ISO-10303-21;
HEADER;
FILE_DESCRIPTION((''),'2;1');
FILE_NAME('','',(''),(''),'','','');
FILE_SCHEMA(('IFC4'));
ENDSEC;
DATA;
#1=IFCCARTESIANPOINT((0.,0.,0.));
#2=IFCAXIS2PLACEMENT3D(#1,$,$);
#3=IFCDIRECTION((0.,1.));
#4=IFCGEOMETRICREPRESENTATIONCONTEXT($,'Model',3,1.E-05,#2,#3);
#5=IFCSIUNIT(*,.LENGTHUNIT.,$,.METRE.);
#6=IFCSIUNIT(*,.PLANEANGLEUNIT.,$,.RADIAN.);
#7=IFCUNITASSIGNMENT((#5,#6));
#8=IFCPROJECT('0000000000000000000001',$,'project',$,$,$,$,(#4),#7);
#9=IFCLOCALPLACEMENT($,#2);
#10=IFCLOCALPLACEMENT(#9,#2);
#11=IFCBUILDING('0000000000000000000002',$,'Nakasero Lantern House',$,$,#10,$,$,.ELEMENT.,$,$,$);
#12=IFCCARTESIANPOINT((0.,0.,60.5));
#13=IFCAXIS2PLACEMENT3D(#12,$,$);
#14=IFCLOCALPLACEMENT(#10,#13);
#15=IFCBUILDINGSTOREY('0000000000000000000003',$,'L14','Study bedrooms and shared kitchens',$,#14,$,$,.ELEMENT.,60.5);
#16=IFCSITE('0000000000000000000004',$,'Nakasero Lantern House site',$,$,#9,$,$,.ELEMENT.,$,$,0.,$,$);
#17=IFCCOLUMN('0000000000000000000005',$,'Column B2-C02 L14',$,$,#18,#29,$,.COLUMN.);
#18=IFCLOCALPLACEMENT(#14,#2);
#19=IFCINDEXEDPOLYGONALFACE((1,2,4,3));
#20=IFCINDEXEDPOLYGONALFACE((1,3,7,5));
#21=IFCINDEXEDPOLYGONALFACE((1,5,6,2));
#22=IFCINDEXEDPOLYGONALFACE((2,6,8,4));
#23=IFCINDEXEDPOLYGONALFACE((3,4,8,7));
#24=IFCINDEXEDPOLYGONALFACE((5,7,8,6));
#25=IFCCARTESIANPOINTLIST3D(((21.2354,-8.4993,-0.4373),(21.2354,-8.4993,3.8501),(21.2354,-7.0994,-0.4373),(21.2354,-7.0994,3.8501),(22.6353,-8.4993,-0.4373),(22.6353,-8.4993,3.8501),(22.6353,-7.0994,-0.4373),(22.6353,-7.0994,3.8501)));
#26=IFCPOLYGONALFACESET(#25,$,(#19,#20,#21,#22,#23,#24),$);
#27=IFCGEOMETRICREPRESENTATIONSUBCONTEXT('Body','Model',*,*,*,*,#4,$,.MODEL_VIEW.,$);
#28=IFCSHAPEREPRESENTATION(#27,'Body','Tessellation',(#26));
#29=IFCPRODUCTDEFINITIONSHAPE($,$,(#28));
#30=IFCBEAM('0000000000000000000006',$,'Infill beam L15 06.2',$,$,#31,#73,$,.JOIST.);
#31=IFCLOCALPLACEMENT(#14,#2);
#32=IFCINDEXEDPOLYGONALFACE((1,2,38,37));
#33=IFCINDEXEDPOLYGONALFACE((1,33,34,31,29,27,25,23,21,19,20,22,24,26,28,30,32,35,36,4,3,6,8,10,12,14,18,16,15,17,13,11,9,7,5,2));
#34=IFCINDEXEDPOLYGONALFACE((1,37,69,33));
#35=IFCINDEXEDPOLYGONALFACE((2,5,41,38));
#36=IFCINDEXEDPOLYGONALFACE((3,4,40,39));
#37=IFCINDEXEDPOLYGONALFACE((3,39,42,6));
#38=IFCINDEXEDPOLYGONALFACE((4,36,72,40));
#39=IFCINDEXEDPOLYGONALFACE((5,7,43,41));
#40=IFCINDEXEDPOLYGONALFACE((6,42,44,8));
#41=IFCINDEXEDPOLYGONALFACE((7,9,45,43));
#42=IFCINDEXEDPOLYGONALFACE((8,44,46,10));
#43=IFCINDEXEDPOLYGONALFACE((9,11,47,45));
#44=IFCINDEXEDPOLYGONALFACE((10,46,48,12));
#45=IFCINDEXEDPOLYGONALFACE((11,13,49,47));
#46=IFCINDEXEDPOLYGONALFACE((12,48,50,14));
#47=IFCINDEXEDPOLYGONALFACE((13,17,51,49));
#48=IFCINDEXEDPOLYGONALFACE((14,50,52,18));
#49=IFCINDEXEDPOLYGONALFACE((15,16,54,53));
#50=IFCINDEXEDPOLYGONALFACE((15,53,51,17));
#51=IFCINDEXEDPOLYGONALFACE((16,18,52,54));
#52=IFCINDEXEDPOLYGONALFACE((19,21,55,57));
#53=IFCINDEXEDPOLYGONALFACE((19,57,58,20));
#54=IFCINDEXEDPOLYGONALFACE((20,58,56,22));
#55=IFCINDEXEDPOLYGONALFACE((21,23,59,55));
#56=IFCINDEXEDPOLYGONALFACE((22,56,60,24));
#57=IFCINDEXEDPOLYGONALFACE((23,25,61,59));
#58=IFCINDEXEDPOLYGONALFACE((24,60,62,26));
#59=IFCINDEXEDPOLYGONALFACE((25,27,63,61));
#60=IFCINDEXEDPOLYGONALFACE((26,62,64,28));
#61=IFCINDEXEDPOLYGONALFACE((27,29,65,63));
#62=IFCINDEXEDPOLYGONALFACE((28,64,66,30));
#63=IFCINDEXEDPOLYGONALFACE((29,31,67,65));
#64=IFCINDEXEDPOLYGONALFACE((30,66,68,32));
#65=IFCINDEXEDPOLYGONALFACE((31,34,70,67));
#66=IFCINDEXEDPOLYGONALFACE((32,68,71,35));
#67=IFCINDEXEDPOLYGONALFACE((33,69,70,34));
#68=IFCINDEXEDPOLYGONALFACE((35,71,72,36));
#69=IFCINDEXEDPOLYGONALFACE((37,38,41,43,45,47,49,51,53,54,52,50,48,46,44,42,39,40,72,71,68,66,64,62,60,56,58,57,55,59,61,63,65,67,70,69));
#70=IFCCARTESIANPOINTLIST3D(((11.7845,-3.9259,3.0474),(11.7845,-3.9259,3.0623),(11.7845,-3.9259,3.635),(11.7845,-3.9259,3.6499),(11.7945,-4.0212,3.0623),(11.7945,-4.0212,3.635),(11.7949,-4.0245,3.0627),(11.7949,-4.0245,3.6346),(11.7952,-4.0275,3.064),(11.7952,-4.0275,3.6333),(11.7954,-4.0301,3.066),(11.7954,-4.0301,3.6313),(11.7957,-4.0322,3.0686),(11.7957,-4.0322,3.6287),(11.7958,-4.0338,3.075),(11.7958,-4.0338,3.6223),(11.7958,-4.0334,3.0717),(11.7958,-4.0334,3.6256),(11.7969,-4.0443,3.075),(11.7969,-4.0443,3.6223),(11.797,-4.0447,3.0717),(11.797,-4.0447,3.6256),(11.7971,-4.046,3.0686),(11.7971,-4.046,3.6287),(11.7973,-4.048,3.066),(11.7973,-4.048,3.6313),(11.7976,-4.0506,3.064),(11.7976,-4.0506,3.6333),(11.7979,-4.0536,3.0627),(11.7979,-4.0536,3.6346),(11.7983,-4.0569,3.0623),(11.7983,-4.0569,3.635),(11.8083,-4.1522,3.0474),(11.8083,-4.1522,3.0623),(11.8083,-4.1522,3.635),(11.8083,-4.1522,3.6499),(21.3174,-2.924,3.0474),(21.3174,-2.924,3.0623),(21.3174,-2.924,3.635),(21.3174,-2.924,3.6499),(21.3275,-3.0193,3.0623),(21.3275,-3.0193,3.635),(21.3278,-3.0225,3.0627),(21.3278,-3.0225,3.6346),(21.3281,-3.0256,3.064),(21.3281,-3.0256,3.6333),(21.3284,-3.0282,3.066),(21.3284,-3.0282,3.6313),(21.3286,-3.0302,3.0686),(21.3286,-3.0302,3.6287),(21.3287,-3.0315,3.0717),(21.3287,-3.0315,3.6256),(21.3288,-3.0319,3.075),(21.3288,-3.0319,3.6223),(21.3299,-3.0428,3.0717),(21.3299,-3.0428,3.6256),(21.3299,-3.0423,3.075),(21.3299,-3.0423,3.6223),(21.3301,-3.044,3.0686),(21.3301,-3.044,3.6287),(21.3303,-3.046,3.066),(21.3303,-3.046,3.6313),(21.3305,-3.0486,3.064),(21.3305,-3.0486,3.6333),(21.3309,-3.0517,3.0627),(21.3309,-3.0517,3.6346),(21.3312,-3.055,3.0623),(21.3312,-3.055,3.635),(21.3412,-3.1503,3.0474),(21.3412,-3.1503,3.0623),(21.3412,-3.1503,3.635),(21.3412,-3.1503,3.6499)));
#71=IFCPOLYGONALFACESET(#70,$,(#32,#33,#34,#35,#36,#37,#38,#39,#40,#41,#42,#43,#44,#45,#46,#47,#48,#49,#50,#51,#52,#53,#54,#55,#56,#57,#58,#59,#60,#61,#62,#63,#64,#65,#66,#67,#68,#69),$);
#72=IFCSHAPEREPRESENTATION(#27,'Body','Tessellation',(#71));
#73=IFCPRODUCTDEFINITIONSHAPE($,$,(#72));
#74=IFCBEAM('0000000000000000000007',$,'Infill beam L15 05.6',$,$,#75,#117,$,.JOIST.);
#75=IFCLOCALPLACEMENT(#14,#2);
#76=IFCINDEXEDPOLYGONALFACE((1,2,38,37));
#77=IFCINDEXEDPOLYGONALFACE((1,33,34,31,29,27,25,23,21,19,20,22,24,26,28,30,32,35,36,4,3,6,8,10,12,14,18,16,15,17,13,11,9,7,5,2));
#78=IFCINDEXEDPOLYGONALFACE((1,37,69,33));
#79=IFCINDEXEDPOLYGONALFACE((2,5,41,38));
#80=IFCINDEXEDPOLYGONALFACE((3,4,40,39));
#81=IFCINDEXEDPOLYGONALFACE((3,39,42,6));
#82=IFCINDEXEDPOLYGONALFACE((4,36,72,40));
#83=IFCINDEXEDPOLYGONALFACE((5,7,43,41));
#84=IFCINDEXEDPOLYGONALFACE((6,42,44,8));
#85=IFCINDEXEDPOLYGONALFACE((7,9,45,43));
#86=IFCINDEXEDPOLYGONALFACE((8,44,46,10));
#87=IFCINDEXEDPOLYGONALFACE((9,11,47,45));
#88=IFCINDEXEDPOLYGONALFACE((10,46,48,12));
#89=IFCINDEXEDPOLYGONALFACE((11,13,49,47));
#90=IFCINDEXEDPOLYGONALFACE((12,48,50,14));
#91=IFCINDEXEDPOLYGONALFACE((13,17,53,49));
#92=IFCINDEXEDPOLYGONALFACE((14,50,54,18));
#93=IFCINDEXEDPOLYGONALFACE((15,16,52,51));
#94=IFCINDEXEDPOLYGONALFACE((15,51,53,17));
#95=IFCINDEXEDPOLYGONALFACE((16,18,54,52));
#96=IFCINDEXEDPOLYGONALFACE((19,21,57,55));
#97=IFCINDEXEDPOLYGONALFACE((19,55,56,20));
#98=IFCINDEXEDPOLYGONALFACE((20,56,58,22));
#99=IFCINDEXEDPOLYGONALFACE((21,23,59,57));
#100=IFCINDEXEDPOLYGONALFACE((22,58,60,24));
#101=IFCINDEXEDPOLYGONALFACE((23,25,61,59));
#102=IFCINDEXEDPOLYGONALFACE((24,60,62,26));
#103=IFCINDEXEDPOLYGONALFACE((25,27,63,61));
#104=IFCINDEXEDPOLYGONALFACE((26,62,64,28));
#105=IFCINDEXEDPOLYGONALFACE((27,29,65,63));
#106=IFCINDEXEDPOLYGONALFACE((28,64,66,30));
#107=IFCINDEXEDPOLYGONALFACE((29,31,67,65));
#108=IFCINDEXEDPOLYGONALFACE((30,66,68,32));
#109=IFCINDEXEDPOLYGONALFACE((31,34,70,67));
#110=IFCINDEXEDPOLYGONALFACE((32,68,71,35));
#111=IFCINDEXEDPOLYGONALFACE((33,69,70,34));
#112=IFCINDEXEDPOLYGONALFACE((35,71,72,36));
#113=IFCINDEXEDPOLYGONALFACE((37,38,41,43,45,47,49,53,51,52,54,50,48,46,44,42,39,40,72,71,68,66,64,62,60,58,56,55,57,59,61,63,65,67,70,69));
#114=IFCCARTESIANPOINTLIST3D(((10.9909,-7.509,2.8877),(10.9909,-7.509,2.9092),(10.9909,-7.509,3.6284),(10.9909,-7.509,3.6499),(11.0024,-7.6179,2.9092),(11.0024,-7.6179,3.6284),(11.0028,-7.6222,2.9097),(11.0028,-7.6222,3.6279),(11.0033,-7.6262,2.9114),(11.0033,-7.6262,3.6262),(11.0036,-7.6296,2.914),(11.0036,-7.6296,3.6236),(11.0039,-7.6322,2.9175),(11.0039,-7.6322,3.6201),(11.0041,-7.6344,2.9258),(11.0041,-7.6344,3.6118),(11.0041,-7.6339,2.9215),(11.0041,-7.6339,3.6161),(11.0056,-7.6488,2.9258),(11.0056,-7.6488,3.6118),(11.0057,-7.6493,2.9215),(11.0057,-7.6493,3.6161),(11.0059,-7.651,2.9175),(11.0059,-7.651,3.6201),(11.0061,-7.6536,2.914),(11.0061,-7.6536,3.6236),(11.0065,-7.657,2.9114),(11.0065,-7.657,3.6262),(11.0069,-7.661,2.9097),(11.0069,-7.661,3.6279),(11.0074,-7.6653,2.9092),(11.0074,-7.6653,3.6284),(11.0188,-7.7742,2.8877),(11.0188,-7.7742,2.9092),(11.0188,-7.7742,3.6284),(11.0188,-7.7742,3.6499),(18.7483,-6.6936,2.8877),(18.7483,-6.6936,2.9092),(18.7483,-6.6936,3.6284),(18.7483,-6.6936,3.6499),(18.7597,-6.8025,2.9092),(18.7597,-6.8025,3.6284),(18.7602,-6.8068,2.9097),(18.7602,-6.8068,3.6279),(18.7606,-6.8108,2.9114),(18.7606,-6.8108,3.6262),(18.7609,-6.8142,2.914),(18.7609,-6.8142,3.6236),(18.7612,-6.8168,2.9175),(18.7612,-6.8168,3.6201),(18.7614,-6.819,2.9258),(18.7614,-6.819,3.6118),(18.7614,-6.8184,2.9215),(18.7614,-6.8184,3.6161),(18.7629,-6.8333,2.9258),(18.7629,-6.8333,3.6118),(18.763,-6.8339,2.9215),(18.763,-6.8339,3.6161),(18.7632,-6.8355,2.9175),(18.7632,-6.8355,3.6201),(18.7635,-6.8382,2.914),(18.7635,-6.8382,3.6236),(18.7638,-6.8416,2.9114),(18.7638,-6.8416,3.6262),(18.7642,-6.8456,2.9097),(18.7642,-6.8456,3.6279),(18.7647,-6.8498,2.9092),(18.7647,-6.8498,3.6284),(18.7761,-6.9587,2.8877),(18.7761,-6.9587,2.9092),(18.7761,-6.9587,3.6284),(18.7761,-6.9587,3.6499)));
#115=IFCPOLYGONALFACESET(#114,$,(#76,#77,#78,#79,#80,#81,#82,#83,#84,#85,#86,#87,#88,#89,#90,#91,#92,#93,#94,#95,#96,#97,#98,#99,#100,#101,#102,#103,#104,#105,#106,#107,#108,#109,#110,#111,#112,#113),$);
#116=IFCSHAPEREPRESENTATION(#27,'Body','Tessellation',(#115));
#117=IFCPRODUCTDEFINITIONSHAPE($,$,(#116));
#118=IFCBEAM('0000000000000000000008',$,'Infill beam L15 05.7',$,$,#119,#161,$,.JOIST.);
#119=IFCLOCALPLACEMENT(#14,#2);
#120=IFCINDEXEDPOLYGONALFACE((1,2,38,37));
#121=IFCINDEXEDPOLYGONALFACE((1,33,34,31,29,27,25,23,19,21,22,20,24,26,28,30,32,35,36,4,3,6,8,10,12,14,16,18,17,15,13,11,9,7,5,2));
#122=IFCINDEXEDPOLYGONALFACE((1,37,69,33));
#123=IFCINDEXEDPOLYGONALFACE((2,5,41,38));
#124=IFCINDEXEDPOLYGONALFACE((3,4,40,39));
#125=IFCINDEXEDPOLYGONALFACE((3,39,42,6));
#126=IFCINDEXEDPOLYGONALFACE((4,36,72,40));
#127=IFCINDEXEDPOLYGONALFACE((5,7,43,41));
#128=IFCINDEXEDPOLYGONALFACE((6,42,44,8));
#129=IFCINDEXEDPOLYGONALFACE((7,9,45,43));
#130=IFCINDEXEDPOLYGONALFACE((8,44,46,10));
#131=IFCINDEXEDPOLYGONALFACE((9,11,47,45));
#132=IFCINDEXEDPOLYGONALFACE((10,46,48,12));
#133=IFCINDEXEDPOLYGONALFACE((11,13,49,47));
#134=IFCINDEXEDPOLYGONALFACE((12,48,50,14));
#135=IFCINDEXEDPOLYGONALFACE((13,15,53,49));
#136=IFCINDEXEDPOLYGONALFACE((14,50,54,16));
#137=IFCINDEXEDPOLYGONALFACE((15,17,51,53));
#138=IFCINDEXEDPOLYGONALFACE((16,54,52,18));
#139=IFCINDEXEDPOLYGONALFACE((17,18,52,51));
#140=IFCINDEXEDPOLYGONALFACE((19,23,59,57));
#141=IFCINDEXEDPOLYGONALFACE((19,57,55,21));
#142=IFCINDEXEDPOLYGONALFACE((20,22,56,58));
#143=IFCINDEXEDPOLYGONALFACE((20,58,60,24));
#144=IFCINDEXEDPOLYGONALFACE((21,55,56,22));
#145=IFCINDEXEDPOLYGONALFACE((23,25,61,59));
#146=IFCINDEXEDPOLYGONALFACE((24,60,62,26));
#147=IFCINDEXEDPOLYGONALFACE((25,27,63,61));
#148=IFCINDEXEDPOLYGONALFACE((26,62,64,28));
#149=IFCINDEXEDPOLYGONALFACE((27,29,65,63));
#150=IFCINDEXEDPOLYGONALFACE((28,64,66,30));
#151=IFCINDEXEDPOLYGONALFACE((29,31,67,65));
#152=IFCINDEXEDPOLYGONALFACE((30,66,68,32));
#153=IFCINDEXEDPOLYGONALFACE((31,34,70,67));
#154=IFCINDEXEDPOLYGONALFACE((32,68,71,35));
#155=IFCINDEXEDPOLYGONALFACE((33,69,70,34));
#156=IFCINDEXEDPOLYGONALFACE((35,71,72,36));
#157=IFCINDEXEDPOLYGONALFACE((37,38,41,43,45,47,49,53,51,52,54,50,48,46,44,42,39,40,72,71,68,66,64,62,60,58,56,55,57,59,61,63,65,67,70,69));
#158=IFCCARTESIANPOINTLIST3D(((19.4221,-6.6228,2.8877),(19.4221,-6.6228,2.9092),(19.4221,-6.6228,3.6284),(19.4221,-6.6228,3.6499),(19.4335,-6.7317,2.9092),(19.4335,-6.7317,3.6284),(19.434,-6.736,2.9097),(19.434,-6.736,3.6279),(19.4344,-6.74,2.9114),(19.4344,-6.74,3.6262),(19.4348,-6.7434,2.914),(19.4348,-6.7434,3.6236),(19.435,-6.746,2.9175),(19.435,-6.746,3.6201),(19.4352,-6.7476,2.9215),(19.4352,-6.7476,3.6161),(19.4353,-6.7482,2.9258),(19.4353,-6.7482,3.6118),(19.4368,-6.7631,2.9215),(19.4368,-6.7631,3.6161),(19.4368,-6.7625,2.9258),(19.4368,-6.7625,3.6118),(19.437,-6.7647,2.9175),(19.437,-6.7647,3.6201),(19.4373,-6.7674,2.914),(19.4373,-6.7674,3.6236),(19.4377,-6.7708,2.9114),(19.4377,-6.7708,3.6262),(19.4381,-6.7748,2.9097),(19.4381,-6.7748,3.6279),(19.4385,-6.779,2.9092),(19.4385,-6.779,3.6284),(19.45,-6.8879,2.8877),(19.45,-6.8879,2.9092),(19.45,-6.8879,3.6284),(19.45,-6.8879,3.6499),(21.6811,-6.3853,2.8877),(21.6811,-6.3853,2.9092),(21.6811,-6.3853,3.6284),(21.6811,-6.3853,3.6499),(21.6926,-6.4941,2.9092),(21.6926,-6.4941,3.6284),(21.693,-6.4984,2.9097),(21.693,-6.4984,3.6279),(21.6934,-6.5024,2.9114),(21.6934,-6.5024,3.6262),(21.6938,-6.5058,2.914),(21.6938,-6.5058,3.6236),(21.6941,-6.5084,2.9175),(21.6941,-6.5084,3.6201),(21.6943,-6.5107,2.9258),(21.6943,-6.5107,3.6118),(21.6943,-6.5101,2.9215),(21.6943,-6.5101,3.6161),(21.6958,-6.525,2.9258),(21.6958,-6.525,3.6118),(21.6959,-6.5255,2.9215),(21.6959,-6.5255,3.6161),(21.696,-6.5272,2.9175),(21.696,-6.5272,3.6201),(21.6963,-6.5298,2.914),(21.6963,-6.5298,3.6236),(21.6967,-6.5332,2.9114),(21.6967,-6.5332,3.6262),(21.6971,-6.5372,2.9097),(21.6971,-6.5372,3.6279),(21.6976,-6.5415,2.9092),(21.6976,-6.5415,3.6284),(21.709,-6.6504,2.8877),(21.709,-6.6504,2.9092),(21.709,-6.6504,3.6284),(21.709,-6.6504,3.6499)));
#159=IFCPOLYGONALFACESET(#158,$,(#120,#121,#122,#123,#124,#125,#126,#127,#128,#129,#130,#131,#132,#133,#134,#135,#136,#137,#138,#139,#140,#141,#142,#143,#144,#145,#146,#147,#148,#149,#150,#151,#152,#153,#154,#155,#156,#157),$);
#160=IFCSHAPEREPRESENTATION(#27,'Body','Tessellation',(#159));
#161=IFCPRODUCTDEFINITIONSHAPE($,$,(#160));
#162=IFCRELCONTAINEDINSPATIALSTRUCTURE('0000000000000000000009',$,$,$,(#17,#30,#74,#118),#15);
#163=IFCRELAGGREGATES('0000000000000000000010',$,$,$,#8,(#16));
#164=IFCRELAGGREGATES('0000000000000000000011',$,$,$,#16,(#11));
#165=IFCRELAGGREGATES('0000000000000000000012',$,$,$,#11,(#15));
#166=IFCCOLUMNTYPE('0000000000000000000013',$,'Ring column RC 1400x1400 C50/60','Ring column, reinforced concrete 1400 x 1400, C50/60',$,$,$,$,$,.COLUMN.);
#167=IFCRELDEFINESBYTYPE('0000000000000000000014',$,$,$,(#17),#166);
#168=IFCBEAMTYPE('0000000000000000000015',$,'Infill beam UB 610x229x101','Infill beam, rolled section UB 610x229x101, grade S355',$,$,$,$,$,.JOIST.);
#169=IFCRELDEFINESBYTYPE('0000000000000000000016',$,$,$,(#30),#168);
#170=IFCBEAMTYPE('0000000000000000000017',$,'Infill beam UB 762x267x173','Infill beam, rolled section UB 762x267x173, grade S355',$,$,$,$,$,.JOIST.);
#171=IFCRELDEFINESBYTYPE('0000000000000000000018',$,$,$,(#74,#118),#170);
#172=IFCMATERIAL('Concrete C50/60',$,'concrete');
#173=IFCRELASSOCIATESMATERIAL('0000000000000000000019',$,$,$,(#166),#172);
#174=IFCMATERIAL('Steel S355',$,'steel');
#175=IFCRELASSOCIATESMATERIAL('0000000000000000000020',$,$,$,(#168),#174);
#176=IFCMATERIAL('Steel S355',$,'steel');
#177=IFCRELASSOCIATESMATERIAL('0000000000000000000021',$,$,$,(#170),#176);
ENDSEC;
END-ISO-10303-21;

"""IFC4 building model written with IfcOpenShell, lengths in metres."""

from ifc_helpers import new_model, si_unit, direction, frame, origin, origin_2d, place, context, subcontext, project, spatial, rectangle, i_section, extrude, material, material_profile, profile_set, type_object, element, save


model = new_model("IFC4")

# Units and contexts
model_context = context("Model", 3, precision=1e-05, world=origin(), true_north=direction((0.0, 1.0)))
body_context = subcontext(model_context, "Body", "Model", "MODEL_VIEW")
ifc_project = project(units=[si_unit("LENGTHUNIT", "METRE"), si_unit("PLANEANGLEUNIT", "RADIAN")], contexts=[model_context])

# Site, building, storey
site_placement = place(None, origin())
site = spatial("IfcSite", under=ifc_project, at=site_placement, Name="Nakasero Lantern House site", CompositionType="ELEMENT", RefElevation=0.0)
building_placement = place(site_placement, origin())
building = spatial("IfcBuilding", under=site, at=building_placement, Name="Nakasero Lantern House", CompositionType="ELEMENT")
storey_placement = place(building_placement, frame((0.0, 0.0, 60.5)))
storey = spatial("IfcBuildingStorey", under=building, at=storey_placement, Name="L14", Description="Study bedrooms and shared kitchens", CompositionType="ELEMENT", Elevation=60.5)

# Column
ifc_material_1 = material(Name="Concrete C50/60", Category="concrete")
ifc_material_profile_1 = material_profile(ifc_material_1, rectangle(XDim=1.3999, YDim=1.3999, at=origin_2d()), Name="RC 1400x1400")
ifc_profile_set_1 = profile_set([ifc_material_profile_1], Name="Concrete C50/60")
column_type = type_object("IfcColumnType", Name="Ring column RC 1400x1400 C50/60", Description="Ring column, reinforced concrete 1400 x 1400, C50/60", PredefinedType="COLUMN", material=ifc_profile_set_1)
column_placement = place(storey_placement, frame((21.9353, -7.7993, -0.4373), z_axis=(0.0, 0.0, 1.0), x_axis=(1.0, 0.0, 0.0)))
element("IfcColumn", 1, at=column_placement, inside=storey, type_object=column_type, Name="Column B2-C02 L14", PredefinedType="COLUMN", context=body_context, shape_type="SweptSolid", body=[
    extrude(rectangle(XDim=1.3999, YDim=1.3999, at=origin_2d()), origin(), (0.0, 0.0, 1.0), 4.2874),
])

# Beams
ifc_material_2 = material(Name="Steel S355", Category="steel")
ifc_material_profile_2 = material_profile(ifc_material_2, i_section(OverallWidth=0.2275, OverallDepth=0.6025, WebThickness=0.0105, FlangeThickness=0.0149, FilletRadius=0.0127, at=origin_2d()), Name="UB 610x229x101")
ifc_profile_set_2 = profile_set([ifc_material_profile_2], Name="Steel S355")
beam_type_1 = type_object("IfcBeamType", Name="Infill beam UB 610x229x101", Description="Infill beam, rolled section UB 610x229x101, grade S355", PredefinedType="JOIST", material=ifc_profile_set_2)
beam_1_placement = place(storey_placement, frame((11.7964, -4.0391, 3.3486), z_axis=(0.994522, 0.104528, 0.0), x_axis=(-0.104528, 0.994522, 0.0)))
element("IfcBeam", 2, at=beam_1_placement, inside=storey, type_object=beam_type_1, Name="Infill beam L15 06.2", PredefinedType="JOIST", context=body_context, shape_type="SweptSolid", body=[
    extrude(i_section(OverallWidth=0.2275, OverallDepth=0.6025, WebThickness=0.0105, FlangeThickness=0.0149, FilletRadius=0.0127, at=origin_2d()), origin(), (0.0, 0.0, 1.0), 9.5854),
])
ifc_material_3 = material(Name="Steel S355", Category="steel")
ifc_material_profile_3 = material_profile(ifc_material_3, i_section(OverallWidth=0.2666, OverallDepth=0.7622, WebThickness=0.0144, FlangeThickness=0.0215, FilletRadius=0.0166, at=origin_2d()), Name="UB 762x267x173")
ifc_profile_set_3 = profile_set([ifc_material_profile_3], Name="Steel S355")
beam_type_2 = type_object("IfcBeamType", Name="Infill beam UB 762x267x173", Description="Infill beam, rolled section UB 762x267x173, grade S355", PredefinedType="JOIST", material=ifc_profile_set_3)
beam_2_placement = place(storey_placement, frame((11.0049, -7.6416, 3.2688), z_axis=(0.994521, 0.104541, 0.0), x_axis=(-0.104541, 0.994521, 0.0)))
element("IfcBeam", 3, at=beam_2_placement, inside=storey, type_object=beam_type_2, Name="Infill beam L15 05.6", PredefinedType="JOIST", context=body_context, shape_type="SweptSolid", body=[
    extrude(i_section(OverallWidth=0.2666, OverallDepth=0.7622, WebThickness=0.0144, FlangeThickness=0.0215, FilletRadius=0.0166, at=origin_2d()), origin(), (0.0, 0.0, 1.0), 7.8),
])
beam_3_placement = place(storey_placement, frame((19.436, -6.7554, 3.2688), z_axis=(0.994517, 0.104578, 0.0), x_axis=(-0.104578, 0.994517, 0.0)))
element("IfcBeam", 4, at=beam_3_placement, inside=storey, type_object=beam_type_2, Name="Infill beam L15 05.7", PredefinedType="JOIST", context=body_context, shape_type="SweptSolid", body=[
    extrude(i_section(OverallWidth=0.2666, OverallDepth=0.7622, WebThickness=0.0144, FlangeThickness=0.0215, FilletRadius=0.0166, at=origin_2d()), origin(), (0.0, 0.0, 1.0), 2.2715),
])

save(model, "model.ifc")
